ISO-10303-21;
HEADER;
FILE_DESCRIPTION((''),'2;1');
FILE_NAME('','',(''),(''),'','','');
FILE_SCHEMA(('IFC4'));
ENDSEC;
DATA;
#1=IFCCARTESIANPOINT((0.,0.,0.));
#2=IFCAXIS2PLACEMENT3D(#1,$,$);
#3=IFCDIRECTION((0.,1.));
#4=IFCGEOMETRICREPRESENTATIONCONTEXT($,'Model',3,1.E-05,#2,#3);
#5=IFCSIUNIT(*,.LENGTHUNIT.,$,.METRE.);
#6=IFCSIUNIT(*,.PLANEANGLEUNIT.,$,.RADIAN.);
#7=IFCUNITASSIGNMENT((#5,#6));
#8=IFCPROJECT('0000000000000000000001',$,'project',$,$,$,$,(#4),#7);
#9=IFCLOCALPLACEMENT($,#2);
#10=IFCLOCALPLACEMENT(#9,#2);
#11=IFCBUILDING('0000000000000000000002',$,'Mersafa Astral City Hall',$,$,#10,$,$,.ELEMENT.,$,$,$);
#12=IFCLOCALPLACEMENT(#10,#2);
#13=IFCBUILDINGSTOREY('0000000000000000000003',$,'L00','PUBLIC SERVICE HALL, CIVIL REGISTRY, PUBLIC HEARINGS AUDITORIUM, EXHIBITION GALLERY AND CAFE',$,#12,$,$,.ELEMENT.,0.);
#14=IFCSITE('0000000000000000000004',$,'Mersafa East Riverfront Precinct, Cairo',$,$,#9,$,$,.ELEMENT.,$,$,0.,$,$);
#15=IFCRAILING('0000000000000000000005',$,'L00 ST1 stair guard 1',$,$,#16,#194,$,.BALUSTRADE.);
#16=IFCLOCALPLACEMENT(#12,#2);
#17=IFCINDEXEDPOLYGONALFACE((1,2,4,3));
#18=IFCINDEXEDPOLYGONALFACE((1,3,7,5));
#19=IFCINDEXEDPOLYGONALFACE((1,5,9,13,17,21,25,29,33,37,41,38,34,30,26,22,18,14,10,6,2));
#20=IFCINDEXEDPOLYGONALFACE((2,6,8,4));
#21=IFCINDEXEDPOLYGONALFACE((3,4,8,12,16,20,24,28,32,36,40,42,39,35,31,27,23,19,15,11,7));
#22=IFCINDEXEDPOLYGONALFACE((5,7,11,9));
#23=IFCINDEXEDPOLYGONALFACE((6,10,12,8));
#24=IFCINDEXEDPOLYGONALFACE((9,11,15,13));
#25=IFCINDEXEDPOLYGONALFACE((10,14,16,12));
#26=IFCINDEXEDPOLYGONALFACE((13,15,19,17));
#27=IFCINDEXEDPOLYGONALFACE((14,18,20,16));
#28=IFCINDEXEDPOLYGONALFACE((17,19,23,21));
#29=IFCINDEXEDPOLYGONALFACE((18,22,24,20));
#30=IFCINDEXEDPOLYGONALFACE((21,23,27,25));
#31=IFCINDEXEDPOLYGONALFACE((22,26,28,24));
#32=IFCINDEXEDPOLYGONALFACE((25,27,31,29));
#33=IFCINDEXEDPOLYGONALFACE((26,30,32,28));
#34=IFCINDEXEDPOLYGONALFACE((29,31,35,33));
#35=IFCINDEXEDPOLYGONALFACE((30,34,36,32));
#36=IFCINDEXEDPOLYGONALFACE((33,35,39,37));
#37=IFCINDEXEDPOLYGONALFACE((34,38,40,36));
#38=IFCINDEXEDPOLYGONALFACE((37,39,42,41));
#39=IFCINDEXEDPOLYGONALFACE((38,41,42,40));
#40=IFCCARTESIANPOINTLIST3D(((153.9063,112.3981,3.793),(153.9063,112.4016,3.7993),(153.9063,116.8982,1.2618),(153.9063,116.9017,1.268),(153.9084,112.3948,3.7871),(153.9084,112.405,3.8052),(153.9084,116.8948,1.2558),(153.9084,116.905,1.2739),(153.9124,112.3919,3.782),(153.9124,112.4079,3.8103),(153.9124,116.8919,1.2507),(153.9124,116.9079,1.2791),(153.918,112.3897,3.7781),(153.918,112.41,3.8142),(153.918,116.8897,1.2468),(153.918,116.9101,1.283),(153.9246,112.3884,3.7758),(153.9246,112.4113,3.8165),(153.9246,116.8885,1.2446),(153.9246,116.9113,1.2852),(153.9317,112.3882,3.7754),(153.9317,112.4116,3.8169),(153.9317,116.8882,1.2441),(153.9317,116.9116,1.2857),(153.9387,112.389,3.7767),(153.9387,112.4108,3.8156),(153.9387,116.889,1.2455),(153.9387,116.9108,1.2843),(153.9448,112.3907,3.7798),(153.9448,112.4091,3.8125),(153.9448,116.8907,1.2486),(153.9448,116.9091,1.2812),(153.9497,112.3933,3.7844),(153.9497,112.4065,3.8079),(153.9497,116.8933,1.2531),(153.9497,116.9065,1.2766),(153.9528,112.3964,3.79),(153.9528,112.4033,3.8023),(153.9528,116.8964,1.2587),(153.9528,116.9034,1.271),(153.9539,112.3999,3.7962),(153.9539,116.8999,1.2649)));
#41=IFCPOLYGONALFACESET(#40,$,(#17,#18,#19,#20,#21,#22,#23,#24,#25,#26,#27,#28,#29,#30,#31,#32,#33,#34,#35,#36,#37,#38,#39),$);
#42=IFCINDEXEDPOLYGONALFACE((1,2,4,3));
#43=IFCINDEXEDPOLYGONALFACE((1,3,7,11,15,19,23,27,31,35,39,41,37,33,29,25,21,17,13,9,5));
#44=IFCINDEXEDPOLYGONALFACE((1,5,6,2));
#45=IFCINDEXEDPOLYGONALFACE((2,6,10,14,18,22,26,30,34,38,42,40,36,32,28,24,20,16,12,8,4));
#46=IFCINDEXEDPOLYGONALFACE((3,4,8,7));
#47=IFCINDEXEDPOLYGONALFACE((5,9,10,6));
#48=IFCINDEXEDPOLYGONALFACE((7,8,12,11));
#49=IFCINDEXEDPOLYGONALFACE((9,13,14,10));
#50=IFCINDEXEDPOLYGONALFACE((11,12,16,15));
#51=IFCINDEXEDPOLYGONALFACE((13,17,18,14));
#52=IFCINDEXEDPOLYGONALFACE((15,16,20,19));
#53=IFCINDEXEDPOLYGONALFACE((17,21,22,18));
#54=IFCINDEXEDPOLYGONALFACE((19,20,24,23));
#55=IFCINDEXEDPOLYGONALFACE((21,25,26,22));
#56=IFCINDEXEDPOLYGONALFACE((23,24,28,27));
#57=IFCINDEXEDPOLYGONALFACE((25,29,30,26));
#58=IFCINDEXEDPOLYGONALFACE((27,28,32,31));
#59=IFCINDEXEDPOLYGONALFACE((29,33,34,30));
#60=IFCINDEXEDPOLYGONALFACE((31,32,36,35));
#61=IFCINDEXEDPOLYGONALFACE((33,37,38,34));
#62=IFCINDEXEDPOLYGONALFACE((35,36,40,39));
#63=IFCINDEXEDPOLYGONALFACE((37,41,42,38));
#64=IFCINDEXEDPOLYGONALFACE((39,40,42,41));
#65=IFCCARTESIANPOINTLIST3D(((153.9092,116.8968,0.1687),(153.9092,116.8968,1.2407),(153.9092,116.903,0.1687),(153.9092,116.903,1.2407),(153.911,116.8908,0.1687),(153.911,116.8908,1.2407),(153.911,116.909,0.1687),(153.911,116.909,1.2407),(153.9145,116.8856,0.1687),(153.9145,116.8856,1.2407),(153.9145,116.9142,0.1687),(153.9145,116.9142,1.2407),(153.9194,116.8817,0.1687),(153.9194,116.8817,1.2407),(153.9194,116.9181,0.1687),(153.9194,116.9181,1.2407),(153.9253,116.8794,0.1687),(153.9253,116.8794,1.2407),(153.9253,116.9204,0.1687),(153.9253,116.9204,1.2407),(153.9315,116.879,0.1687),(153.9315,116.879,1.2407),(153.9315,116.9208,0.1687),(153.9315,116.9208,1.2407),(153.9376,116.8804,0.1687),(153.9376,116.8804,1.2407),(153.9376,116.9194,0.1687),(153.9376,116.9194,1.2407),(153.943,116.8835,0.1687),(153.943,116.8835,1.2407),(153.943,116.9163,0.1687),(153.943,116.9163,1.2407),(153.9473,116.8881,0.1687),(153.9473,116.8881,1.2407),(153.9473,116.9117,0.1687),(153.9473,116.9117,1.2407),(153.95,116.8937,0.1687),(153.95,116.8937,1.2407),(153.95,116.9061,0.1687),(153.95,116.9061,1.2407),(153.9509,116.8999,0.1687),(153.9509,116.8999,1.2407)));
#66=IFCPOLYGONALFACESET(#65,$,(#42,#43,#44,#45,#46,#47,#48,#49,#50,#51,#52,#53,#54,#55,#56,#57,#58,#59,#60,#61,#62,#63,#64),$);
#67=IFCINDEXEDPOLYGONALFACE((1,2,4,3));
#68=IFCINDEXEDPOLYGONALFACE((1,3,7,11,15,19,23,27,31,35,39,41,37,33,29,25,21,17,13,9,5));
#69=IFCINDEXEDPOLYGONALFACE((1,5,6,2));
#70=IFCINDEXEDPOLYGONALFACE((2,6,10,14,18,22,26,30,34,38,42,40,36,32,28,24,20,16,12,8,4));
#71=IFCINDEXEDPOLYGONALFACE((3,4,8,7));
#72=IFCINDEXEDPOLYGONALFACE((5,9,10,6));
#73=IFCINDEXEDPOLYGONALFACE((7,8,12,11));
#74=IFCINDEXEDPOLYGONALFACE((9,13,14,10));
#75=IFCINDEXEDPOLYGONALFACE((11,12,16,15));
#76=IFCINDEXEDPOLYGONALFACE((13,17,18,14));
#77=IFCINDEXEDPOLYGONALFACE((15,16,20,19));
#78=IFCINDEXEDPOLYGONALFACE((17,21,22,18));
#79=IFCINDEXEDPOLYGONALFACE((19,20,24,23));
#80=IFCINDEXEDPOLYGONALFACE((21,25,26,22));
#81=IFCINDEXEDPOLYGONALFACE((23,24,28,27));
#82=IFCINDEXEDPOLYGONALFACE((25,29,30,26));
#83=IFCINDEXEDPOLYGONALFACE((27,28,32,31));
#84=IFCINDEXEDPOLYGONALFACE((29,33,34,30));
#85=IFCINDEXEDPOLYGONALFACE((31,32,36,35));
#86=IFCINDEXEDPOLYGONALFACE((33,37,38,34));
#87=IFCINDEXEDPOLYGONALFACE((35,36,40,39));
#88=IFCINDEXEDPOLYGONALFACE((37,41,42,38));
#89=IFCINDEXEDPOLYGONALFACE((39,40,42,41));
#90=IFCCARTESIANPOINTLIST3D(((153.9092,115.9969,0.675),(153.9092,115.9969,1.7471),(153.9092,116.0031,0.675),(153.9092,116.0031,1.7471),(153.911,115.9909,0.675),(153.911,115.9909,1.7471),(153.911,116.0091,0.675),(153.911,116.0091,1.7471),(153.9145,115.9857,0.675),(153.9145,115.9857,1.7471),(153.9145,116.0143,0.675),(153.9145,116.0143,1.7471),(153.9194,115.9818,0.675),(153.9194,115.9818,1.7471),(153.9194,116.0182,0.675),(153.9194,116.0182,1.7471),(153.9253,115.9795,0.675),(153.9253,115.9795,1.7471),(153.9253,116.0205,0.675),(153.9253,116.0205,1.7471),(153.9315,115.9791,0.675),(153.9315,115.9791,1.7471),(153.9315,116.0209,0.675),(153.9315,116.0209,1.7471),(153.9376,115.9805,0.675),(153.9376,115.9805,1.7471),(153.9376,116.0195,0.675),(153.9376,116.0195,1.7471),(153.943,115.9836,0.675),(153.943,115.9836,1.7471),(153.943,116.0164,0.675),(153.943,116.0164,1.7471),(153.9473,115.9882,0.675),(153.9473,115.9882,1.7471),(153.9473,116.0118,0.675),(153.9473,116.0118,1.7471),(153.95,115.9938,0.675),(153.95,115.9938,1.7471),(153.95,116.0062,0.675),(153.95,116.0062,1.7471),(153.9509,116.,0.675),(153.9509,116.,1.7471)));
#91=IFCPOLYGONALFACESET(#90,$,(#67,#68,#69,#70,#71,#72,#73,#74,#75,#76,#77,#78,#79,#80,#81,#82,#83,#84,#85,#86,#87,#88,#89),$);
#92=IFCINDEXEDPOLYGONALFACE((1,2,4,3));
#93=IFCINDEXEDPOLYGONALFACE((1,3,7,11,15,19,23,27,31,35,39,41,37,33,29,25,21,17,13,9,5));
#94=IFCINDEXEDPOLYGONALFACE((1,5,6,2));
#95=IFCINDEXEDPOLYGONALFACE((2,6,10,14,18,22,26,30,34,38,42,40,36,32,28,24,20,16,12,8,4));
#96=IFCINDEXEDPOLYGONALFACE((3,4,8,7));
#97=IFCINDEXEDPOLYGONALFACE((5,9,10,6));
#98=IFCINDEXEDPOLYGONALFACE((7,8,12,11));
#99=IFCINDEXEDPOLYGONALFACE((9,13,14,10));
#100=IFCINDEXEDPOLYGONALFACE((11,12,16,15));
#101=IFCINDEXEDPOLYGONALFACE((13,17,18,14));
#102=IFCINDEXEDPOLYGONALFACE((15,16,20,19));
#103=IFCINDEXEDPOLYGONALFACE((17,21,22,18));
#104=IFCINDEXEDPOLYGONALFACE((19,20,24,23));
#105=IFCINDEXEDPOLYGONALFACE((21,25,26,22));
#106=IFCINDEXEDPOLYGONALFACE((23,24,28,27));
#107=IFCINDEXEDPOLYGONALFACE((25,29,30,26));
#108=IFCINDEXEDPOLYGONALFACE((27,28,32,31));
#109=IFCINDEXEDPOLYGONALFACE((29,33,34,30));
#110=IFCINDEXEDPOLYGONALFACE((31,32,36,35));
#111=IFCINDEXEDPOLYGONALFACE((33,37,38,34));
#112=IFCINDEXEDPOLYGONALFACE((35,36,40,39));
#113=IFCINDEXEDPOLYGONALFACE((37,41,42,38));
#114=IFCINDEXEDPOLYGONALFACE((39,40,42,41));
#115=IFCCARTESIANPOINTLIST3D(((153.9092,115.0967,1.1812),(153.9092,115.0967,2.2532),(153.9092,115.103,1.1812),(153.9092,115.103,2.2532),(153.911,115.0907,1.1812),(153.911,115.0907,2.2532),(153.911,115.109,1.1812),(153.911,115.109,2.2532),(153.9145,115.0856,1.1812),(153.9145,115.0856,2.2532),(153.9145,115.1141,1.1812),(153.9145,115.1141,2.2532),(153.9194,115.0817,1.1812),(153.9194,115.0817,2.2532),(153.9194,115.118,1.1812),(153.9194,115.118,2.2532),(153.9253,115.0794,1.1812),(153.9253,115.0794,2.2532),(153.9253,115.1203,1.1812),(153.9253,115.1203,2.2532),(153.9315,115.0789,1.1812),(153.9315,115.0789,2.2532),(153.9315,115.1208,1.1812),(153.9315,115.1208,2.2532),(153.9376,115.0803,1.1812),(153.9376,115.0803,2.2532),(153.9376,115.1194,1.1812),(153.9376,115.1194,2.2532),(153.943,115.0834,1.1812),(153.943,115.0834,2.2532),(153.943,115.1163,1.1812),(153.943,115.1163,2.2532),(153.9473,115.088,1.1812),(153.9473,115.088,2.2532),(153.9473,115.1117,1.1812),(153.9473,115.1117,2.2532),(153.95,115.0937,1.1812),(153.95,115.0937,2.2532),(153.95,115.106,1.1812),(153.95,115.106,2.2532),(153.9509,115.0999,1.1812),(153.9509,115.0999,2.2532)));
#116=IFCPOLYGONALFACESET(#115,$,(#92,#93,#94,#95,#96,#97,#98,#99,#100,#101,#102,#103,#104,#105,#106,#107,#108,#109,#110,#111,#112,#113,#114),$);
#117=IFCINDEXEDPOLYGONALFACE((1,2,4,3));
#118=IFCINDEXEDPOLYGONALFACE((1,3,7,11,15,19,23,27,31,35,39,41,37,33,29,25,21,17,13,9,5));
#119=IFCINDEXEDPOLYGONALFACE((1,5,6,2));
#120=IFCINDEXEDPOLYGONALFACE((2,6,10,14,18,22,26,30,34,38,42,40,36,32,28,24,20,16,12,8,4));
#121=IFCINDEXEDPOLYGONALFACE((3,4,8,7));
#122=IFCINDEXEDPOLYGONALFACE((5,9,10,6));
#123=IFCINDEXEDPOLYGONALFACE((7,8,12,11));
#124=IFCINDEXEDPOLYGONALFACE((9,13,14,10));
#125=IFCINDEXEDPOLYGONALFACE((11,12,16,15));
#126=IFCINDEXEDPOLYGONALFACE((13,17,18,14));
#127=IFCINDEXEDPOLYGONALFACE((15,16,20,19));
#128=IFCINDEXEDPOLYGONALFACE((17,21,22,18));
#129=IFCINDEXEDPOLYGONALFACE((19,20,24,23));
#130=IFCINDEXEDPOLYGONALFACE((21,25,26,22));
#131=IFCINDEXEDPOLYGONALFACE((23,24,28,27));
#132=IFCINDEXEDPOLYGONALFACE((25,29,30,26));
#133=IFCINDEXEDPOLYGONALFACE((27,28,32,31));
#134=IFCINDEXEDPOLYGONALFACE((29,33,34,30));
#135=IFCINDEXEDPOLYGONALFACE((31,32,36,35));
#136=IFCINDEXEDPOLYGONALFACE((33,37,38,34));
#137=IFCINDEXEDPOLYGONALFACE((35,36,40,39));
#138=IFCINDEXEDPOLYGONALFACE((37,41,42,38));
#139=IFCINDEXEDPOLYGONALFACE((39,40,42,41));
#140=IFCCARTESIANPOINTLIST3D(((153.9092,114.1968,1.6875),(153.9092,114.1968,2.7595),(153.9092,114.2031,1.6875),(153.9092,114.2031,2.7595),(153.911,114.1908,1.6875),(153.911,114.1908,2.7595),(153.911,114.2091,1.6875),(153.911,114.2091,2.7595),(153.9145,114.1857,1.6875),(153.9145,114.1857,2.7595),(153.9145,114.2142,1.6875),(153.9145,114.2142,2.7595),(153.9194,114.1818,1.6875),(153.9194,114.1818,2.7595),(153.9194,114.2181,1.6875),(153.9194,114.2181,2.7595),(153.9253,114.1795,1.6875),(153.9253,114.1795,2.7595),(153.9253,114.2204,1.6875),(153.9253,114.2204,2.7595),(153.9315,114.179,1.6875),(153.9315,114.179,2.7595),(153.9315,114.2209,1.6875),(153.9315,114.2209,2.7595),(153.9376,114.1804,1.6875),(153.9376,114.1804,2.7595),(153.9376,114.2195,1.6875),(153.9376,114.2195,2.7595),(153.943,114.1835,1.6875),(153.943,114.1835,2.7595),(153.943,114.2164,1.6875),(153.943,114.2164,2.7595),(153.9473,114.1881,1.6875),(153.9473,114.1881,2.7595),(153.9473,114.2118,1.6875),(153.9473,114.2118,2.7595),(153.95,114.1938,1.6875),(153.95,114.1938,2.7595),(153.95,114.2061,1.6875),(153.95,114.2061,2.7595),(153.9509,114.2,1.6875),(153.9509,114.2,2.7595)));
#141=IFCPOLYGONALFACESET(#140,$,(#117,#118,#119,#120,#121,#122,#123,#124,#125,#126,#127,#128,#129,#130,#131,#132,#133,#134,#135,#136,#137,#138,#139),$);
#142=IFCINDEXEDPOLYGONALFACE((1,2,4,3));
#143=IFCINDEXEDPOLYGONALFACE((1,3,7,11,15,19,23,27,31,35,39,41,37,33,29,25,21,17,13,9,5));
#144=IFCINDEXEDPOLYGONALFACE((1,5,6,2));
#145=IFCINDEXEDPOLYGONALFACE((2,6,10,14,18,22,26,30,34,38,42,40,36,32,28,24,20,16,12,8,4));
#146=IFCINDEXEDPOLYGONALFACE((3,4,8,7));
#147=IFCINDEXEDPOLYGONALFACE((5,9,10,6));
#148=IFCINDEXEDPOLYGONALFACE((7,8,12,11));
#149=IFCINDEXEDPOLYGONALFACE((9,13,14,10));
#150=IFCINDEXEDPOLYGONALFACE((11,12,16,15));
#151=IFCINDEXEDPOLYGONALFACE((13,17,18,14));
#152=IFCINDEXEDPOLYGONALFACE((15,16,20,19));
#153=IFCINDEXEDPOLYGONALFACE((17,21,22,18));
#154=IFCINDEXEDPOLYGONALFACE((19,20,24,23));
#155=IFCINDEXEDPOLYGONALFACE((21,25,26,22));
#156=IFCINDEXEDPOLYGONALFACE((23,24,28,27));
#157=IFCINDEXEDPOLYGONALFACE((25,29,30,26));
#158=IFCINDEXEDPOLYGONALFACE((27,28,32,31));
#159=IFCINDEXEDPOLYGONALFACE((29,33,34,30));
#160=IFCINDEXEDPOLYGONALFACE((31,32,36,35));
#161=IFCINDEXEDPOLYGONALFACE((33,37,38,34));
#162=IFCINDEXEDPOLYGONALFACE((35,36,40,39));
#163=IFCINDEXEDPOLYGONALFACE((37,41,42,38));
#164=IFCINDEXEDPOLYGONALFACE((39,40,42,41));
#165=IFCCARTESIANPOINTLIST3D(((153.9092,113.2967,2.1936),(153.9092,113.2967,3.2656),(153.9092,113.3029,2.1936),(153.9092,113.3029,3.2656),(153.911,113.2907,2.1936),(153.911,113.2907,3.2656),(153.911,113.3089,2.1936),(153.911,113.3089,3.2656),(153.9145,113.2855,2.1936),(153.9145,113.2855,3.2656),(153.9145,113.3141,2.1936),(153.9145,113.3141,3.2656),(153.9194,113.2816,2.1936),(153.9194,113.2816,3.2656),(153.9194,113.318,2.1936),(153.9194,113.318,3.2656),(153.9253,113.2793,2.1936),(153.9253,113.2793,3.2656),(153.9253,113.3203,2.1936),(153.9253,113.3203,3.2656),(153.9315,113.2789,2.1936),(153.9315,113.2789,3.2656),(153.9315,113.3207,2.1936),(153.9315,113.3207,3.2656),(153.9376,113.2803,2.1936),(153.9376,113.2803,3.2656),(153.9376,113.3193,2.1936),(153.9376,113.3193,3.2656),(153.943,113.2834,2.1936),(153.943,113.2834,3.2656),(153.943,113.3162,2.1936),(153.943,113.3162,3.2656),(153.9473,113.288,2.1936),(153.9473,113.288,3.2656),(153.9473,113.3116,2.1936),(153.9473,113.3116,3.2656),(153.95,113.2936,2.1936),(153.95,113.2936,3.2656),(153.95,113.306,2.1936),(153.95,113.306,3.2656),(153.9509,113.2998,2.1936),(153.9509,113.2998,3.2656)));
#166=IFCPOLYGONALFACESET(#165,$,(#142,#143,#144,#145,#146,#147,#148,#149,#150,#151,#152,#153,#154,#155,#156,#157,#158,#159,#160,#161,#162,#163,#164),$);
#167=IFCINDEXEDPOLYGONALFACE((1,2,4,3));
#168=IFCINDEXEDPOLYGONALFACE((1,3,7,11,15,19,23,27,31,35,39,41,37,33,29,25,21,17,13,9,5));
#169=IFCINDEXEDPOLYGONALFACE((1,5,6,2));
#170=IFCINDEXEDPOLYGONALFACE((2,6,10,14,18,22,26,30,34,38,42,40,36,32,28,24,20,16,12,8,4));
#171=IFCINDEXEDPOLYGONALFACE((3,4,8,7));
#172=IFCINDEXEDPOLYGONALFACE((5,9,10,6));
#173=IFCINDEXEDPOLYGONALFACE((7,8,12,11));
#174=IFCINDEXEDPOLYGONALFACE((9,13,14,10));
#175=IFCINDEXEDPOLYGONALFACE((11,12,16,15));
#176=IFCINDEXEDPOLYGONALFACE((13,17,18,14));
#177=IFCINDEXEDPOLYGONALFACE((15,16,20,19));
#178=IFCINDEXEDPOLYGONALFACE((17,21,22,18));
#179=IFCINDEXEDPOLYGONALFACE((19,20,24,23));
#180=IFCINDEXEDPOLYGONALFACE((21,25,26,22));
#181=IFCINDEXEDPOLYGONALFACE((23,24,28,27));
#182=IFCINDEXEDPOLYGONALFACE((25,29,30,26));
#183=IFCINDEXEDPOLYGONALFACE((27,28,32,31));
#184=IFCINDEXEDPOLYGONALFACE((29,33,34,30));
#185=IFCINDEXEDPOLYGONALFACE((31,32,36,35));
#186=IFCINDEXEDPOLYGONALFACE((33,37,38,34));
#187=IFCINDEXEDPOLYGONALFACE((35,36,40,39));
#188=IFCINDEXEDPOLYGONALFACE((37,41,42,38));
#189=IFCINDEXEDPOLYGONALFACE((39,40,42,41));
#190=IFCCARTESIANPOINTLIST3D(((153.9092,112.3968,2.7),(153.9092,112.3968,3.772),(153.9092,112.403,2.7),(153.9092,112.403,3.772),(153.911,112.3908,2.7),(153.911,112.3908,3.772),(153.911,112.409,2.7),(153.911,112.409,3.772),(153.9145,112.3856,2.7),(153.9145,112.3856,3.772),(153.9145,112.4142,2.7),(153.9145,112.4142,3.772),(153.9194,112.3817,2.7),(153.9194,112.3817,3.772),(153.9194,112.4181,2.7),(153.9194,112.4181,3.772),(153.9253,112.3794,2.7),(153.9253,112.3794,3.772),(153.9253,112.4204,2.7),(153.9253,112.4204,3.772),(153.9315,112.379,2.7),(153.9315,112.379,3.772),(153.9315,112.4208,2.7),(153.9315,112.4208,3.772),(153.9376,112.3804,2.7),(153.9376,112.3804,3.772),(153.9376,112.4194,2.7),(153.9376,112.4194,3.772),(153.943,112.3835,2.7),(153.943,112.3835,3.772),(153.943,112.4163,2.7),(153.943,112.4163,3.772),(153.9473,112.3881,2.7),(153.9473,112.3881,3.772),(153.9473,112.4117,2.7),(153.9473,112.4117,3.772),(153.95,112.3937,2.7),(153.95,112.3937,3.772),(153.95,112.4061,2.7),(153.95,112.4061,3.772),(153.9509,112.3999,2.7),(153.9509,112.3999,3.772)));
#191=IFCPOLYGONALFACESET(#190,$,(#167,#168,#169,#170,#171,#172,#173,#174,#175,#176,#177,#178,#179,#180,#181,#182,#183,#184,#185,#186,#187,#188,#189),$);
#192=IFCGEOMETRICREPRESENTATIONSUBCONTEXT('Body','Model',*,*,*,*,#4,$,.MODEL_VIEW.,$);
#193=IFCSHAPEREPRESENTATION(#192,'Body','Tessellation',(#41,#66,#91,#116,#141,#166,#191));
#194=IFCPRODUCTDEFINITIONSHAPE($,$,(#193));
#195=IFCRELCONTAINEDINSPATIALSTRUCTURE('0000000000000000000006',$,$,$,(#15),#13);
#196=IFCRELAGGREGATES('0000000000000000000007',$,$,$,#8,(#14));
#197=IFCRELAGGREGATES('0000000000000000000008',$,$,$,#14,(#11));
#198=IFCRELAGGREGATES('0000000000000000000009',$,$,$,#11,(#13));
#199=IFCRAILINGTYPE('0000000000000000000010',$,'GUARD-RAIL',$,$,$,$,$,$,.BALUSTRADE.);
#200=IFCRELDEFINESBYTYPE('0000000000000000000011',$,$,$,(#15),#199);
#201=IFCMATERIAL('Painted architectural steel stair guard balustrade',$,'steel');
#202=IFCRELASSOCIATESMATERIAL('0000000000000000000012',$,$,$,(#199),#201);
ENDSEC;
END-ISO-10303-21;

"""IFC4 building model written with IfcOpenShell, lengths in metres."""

from ifc_helpers import new_model, si_unit, direction, frame, origin, origin_2d, place, context, subcontext, project, spatial, circle, extrude, material, type_object, element, save


model = new_model("IFC4")

# Units and contexts
model_context = context("Model", 3, precision=1e-05, world=origin(), true_north=direction((0.0, 1.0)))
body_context = subcontext(model_context, "Body", "Model", "MODEL_VIEW")
ifc_project = project(units=[si_unit("LENGTHUNIT", "METRE"), si_unit("PLANEANGLEUNIT", "RADIAN")], contexts=[model_context])

# Site, building, storey
site_placement = place(None, origin())
site = spatial("IfcSite", under=ifc_project, at=site_placement, Name="Mersafa East Riverfront Precinct, Cairo", CompositionType="ELEMENT", RefElevation=0.0)
building_placement = place(site_placement, origin())
building = spatial("IfcBuilding", under=site, at=building_placement, Name="Mersafa Astral City Hall", CompositionType="ELEMENT")
storey_placement = place(building_placement, origin())
storey = spatial("IfcBuildingStorey", under=building, at=storey_placement, Name="L00", Description="PUBLIC SERVICE HALL, CIVIL REGISTRY, PUBLIC HEARINGS AUDITORIUM, EXHIBITION GALLERY AND CAFE", CompositionType="ELEMENT", Elevation=0.0)

# Railing
ifc_material_1 = material(Name="Painted architectural steel stair guard balustrade", Category="steel")
railing_type_1 = type_object("IfcRailingType", Name="GUARD-RAIL", PredefinedType="BALUSTRADE", material=ifc_material_1)
railing_1_placement = place(storey_placement, frame((153.9299, 116.8999, 0.1687)))
element("IfcRailing", 1, at=railing_1_placement, inside=storey, type_object=railing_type_1, Name="L00 ST1 stair guard 1", PredefinedType="BALUSTRADE", context=body_context, shape_type="SweptSolid", body=[
    extrude(circle(Radius=0.0239, at=origin_2d()), frame((0.0, 0.0, 1.0962), z_axis=(0.0, -0.871576, 0.490261), x_axis=(1.0, 0.0, 0.0)), (0.0, 0.0, 1.0), 5.1631),
    extrude(circle(Radius=0.021, at=origin_2d()), origin(), (0.0, 0.0, 1.0), 1.072),
    extrude(circle(Radius=0.021, at=origin_2d()), frame((0.0, -0.8999, 0.5063)), (0.0, 0.0, 1.0), 1.072),
    extrude(circle(Radius=0.021, at=origin_2d()), frame((0.0, -1.8, 1.0125)), (0.0, 0.0, 1.0), 1.072),
    extrude(circle(Radius=0.021, at=origin_2d()), frame((0.0, -2.7, 1.5188)), (0.0, 0.0, 1.0), 1.072),
    extrude(circle(Radius=0.021, at=origin_2d()), frame((0.0, -3.6001, 2.0249)), (0.0, 0.0, 1.0), 1.072),
    extrude(circle(Radius=0.021, at=origin_2d()), frame((0.0, -4.5, 2.5312)), (0.0, 0.0, 1.0), 1.072),
])

save(model, "model.ifc")
